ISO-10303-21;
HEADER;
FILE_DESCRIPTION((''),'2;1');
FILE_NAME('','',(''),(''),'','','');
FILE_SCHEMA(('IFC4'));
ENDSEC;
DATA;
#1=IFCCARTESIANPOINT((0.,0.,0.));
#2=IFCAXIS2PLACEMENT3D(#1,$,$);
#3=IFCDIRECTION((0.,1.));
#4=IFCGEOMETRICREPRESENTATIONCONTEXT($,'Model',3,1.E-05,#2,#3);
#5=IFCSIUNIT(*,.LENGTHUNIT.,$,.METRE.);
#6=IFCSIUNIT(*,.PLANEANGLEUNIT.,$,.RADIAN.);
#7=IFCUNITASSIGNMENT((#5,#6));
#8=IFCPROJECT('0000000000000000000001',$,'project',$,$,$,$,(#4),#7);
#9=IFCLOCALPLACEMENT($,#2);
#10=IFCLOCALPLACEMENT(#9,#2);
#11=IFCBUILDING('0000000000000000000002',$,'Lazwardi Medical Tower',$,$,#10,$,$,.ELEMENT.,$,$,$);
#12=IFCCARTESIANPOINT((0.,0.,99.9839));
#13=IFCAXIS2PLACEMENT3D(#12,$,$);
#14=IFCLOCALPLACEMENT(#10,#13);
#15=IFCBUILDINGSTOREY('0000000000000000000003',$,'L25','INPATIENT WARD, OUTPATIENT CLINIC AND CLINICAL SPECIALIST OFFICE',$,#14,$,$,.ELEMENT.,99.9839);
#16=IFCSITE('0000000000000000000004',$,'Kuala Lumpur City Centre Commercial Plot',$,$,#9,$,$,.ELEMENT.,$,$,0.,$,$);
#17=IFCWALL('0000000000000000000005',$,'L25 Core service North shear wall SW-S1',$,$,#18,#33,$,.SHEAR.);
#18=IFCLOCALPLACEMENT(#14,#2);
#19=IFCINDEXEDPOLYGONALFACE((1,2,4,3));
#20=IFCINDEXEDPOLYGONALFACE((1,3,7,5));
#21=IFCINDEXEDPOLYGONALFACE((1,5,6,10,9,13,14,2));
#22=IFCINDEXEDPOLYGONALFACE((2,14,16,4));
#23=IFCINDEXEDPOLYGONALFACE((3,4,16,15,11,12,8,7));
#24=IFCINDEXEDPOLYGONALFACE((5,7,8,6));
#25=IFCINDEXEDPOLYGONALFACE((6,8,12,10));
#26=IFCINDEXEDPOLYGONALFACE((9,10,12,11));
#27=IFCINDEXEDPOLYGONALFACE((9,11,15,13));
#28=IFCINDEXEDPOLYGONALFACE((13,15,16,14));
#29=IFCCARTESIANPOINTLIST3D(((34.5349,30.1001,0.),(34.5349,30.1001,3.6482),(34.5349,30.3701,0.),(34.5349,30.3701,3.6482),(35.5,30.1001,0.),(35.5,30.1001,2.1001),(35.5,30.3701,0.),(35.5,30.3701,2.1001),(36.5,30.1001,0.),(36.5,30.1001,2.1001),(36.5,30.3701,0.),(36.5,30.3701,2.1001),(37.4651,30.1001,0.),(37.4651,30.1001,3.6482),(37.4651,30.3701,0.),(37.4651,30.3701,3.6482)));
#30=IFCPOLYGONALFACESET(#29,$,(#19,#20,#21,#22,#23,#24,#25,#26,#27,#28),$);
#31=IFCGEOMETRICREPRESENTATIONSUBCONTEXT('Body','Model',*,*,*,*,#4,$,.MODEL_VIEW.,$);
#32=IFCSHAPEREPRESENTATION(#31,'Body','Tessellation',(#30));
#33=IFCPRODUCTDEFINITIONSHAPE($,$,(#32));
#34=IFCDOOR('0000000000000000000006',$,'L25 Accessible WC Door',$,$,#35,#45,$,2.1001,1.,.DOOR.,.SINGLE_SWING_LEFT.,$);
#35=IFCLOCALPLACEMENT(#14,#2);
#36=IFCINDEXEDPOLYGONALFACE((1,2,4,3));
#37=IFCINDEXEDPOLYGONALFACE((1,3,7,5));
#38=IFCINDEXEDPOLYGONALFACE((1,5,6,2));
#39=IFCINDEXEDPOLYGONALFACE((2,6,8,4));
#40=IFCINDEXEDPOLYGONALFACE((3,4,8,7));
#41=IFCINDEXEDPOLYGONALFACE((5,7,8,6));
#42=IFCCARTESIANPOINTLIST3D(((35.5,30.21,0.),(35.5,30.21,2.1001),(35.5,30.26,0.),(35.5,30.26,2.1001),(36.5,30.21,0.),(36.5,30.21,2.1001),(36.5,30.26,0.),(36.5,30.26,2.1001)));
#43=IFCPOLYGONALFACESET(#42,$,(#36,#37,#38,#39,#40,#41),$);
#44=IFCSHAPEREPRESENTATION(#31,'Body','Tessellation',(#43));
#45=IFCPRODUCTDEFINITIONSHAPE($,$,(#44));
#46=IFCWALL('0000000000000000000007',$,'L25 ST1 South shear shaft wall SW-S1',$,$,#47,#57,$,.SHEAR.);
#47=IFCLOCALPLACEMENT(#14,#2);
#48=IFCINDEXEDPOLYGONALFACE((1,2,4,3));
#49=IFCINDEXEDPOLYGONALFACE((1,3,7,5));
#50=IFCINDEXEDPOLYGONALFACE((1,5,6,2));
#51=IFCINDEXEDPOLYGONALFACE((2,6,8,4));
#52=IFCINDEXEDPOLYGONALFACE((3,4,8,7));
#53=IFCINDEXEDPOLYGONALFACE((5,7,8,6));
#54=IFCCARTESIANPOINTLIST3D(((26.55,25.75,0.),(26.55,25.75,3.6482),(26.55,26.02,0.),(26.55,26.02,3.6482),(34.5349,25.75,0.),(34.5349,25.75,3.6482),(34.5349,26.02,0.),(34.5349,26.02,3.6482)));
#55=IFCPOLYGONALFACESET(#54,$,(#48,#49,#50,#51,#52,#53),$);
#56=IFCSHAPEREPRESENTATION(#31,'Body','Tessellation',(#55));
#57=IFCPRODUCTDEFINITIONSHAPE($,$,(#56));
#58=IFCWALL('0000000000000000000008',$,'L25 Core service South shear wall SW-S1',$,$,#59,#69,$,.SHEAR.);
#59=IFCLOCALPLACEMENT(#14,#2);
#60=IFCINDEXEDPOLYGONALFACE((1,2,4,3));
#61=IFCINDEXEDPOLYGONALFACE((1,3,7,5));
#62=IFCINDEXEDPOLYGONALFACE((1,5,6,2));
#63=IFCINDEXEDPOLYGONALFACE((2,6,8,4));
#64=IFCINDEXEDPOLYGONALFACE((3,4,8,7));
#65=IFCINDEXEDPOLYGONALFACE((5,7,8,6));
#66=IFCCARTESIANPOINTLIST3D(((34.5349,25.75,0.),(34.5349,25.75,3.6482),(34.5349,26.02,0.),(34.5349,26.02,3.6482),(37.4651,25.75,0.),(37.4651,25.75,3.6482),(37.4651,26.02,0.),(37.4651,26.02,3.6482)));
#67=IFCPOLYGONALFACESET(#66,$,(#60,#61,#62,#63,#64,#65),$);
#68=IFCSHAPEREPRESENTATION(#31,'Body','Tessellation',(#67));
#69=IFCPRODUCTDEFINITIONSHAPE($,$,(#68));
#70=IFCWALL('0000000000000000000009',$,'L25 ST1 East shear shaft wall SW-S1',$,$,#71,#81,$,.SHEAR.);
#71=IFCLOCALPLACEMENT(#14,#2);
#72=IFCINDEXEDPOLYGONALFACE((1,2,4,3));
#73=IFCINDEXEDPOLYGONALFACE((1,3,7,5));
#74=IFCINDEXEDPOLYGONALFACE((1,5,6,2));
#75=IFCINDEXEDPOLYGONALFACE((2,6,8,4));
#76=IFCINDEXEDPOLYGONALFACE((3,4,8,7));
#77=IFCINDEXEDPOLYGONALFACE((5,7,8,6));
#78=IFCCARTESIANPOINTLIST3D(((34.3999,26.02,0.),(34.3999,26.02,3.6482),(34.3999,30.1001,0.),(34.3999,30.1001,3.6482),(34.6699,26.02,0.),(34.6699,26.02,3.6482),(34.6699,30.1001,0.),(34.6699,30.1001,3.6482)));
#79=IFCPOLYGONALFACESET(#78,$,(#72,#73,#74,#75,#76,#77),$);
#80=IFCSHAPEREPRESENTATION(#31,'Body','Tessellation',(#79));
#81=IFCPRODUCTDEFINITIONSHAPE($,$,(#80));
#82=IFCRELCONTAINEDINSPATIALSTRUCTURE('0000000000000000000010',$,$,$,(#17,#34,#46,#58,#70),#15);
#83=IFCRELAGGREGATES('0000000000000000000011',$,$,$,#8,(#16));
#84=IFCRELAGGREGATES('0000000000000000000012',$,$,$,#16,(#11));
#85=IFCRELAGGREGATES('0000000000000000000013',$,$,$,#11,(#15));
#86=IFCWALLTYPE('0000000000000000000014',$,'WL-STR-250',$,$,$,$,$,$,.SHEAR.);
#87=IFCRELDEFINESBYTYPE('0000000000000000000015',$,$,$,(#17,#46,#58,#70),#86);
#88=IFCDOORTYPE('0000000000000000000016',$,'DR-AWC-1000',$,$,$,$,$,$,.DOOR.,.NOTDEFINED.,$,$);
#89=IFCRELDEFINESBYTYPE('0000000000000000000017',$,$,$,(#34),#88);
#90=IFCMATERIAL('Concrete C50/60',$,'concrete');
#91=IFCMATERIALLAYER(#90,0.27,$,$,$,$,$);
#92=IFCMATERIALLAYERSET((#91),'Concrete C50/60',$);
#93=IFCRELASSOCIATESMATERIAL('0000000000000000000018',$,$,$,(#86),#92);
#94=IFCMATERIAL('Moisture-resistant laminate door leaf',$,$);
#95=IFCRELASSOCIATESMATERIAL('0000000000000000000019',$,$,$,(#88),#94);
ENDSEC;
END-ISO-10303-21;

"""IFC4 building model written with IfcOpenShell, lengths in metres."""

from ifc_helpers import new_model, si_unit, direction, frame, frame_2d, origin, place, context, subcontext, project, spatial, rectangle, extrude, material, layer, layer_set, type_object, element, fill, save


model = new_model("IFC4")

# Units and contexts
model_context = context("Model", 3, precision=1e-05, world=origin(), true_north=direction((0.0, 1.0)))
body_context = subcontext(model_context, "Body", "Model", "MODEL_VIEW")
ifc_project = project(units=[si_unit("LENGTHUNIT", "METRE"), si_unit("PLANEANGLEUNIT", "RADIAN")], contexts=[model_context])

# Site, building, storey
site_placement = place(None, origin())
site = spatial("IfcSite", under=ifc_project, at=site_placement, Name="Kuala Lumpur City Centre Commercial Plot", CompositionType="ELEMENT", RefElevation=0.0)
building_placement = place(site_placement, origin())
building = spatial("IfcBuilding", under=site, at=building_placement, Name="Lazwardi Medical Tower", CompositionType="ELEMENT")
storey_placement = place(building_placement, frame((0.0, 0.0, 99.9839)))
storey = spatial("IfcBuildingStorey", under=building, at=storey_placement, Name="L25", Description="INPATIENT WARD, OUTPATIENT CLINIC AND CLINICAL SPECIALIST OFFICE", CompositionType="ELEMENT", Elevation=99.9839)

# Shared definitions
ifc_material_1 = material(Name="Concrete C50/60", Category="concrete")
ifc_layer_1 = layer(ifc_material_1, 0.27)
ifc_layer_set_1 = layer_set([ifc_layer_1], Name="Concrete C50/60")
wall_type_1 = type_object("IfcWallType", Name="WL-STR-250", PredefinedType="SHEAR", material=ifc_layer_set_1)

# Wall, opening, door
wall_1_placement = place(storey_placement, frame((34.5349, 30.2351, 0.0), z_axis=(0.0, 0.0, 1.0), x_axis=(1.0, 0.0, 0.0)))
wall_1 = element("IfcWall", 1, at=wall_1_placement, inside=storey, type_object=wall_type_1, Name="L25 Core service North shear wall SW-S1", PredefinedType="SHEAR", context=body_context, shape_type="SweptSolid", body=[
    extrude(rectangle(XDim=2.9302, YDim=0.27, at=frame_2d((1.4651, 0.0))), origin(), (0.0, 0.0, 1.0), 3.6482),
])
opening_1_placement = place(wall_1_placement, frame((0.9651, 0.0, 0.0)))
opening_1 = element("IfcOpeningElement", 2, at=opening_1_placement, cuts=wall_1, PredefinedType="OPENING", context=body_context, shape_type="SweptSolid", body=[
    extrude(rectangle(XDim=1.0, YDim=2.1001, at=frame_2d((0.5, 1.05))), frame((0.0, 0.145, 0.0), z_axis=(0.0, -1.0, 0.0), x_axis=(1.0, 0.0, 0.0)), (0.0, 0.0, 1.0), 0.29),
])
ifc_material_2 = material(Name="Moisture-resistant laminate door leaf")
door_type_1 = type_object("IfcDoorType", Name="DR-AWC-1000", OperationType="NOTDEFINED", PredefinedType="DOOR", material=ifc_material_2)
door_1_placement = place(opening_1_placement, origin())
door_1 = element("IfcDoor", 3, at=door_1_placement, inside=storey, type_object=door_type_1, Name="L25 Accessible WC Door", OperationType="SINGLE_SWING_LEFT", OverallHeight=2.1001, OverallWidth=1.0, PredefinedType="DOOR", context=body_context, shape_type="SweptSolid", body=[
    extrude(rectangle(XDim=1.0, YDim=2.1001, at=frame_2d((0.5, 1.05))), frame((0.0, 0.0249, 0.0), z_axis=(0.0, -1.0, 0.0), x_axis=(1.0, 0.0, 0.0)), (0.0, 0.0, 1.0), 0.05),
])
fill(opening_1, door_1)

# Walls
wall_2_placement = place(storey_placement, frame((26.55, 25.885, 0.0), z_axis=(0.0, 0.0, 1.0), x_axis=(1.0, 0.0, 0.0)))
element("IfcWall", 4, at=wall_2_placement, inside=storey, type_object=wall_type_1, Name="L25 ST1 South shear shaft wall SW-S1", PredefinedType="SHEAR", context=body_context, shape_type="SweptSolid", body=[
    extrude(rectangle(XDim=7.9849, YDim=0.27, at=frame_2d((3.9924, 0.0))), origin(), (0.0, 0.0, 1.0), 3.6482),
])
wall_3_placement = place(storey_placement, frame((34.5349, 25.885, 0.0), z_axis=(0.0, 0.0, 1.0), x_axis=(1.0, 0.0, 0.0)))
element("IfcWall", 5, at=wall_3_placement, inside=storey, type_object=wall_type_1, Name="L25 Core service South shear wall SW-S1", PredefinedType="SHEAR", context=body_context, shape_type="SweptSolid", body=[
    extrude(rectangle(XDim=2.9302, YDim=0.27, at=frame_2d((1.4651, 0.0))), origin(), (0.0, 0.0, 1.0), 3.6482),
])
wall_4_placement = place(storey_placement, frame((34.5349, 26.02, 0.0), z_axis=(0.0, 0.0, 1.0), x_axis=(0.0, 1.0, 0.0)))
element("IfcWall", 6, at=wall_4_placement, inside=storey, type_object=wall_type_1, Name="L25 ST1 East shear shaft wall SW-S1", PredefinedType="SHEAR", context=body_context, shape_type="SweptSolid", body=[
    extrude(rectangle(XDim=4.0801, YDim=0.27, at=frame_2d((2.04, 0.0))), origin(), (0.0, 0.0, 1.0), 3.6482),
])

save(model, "model.ifc")
